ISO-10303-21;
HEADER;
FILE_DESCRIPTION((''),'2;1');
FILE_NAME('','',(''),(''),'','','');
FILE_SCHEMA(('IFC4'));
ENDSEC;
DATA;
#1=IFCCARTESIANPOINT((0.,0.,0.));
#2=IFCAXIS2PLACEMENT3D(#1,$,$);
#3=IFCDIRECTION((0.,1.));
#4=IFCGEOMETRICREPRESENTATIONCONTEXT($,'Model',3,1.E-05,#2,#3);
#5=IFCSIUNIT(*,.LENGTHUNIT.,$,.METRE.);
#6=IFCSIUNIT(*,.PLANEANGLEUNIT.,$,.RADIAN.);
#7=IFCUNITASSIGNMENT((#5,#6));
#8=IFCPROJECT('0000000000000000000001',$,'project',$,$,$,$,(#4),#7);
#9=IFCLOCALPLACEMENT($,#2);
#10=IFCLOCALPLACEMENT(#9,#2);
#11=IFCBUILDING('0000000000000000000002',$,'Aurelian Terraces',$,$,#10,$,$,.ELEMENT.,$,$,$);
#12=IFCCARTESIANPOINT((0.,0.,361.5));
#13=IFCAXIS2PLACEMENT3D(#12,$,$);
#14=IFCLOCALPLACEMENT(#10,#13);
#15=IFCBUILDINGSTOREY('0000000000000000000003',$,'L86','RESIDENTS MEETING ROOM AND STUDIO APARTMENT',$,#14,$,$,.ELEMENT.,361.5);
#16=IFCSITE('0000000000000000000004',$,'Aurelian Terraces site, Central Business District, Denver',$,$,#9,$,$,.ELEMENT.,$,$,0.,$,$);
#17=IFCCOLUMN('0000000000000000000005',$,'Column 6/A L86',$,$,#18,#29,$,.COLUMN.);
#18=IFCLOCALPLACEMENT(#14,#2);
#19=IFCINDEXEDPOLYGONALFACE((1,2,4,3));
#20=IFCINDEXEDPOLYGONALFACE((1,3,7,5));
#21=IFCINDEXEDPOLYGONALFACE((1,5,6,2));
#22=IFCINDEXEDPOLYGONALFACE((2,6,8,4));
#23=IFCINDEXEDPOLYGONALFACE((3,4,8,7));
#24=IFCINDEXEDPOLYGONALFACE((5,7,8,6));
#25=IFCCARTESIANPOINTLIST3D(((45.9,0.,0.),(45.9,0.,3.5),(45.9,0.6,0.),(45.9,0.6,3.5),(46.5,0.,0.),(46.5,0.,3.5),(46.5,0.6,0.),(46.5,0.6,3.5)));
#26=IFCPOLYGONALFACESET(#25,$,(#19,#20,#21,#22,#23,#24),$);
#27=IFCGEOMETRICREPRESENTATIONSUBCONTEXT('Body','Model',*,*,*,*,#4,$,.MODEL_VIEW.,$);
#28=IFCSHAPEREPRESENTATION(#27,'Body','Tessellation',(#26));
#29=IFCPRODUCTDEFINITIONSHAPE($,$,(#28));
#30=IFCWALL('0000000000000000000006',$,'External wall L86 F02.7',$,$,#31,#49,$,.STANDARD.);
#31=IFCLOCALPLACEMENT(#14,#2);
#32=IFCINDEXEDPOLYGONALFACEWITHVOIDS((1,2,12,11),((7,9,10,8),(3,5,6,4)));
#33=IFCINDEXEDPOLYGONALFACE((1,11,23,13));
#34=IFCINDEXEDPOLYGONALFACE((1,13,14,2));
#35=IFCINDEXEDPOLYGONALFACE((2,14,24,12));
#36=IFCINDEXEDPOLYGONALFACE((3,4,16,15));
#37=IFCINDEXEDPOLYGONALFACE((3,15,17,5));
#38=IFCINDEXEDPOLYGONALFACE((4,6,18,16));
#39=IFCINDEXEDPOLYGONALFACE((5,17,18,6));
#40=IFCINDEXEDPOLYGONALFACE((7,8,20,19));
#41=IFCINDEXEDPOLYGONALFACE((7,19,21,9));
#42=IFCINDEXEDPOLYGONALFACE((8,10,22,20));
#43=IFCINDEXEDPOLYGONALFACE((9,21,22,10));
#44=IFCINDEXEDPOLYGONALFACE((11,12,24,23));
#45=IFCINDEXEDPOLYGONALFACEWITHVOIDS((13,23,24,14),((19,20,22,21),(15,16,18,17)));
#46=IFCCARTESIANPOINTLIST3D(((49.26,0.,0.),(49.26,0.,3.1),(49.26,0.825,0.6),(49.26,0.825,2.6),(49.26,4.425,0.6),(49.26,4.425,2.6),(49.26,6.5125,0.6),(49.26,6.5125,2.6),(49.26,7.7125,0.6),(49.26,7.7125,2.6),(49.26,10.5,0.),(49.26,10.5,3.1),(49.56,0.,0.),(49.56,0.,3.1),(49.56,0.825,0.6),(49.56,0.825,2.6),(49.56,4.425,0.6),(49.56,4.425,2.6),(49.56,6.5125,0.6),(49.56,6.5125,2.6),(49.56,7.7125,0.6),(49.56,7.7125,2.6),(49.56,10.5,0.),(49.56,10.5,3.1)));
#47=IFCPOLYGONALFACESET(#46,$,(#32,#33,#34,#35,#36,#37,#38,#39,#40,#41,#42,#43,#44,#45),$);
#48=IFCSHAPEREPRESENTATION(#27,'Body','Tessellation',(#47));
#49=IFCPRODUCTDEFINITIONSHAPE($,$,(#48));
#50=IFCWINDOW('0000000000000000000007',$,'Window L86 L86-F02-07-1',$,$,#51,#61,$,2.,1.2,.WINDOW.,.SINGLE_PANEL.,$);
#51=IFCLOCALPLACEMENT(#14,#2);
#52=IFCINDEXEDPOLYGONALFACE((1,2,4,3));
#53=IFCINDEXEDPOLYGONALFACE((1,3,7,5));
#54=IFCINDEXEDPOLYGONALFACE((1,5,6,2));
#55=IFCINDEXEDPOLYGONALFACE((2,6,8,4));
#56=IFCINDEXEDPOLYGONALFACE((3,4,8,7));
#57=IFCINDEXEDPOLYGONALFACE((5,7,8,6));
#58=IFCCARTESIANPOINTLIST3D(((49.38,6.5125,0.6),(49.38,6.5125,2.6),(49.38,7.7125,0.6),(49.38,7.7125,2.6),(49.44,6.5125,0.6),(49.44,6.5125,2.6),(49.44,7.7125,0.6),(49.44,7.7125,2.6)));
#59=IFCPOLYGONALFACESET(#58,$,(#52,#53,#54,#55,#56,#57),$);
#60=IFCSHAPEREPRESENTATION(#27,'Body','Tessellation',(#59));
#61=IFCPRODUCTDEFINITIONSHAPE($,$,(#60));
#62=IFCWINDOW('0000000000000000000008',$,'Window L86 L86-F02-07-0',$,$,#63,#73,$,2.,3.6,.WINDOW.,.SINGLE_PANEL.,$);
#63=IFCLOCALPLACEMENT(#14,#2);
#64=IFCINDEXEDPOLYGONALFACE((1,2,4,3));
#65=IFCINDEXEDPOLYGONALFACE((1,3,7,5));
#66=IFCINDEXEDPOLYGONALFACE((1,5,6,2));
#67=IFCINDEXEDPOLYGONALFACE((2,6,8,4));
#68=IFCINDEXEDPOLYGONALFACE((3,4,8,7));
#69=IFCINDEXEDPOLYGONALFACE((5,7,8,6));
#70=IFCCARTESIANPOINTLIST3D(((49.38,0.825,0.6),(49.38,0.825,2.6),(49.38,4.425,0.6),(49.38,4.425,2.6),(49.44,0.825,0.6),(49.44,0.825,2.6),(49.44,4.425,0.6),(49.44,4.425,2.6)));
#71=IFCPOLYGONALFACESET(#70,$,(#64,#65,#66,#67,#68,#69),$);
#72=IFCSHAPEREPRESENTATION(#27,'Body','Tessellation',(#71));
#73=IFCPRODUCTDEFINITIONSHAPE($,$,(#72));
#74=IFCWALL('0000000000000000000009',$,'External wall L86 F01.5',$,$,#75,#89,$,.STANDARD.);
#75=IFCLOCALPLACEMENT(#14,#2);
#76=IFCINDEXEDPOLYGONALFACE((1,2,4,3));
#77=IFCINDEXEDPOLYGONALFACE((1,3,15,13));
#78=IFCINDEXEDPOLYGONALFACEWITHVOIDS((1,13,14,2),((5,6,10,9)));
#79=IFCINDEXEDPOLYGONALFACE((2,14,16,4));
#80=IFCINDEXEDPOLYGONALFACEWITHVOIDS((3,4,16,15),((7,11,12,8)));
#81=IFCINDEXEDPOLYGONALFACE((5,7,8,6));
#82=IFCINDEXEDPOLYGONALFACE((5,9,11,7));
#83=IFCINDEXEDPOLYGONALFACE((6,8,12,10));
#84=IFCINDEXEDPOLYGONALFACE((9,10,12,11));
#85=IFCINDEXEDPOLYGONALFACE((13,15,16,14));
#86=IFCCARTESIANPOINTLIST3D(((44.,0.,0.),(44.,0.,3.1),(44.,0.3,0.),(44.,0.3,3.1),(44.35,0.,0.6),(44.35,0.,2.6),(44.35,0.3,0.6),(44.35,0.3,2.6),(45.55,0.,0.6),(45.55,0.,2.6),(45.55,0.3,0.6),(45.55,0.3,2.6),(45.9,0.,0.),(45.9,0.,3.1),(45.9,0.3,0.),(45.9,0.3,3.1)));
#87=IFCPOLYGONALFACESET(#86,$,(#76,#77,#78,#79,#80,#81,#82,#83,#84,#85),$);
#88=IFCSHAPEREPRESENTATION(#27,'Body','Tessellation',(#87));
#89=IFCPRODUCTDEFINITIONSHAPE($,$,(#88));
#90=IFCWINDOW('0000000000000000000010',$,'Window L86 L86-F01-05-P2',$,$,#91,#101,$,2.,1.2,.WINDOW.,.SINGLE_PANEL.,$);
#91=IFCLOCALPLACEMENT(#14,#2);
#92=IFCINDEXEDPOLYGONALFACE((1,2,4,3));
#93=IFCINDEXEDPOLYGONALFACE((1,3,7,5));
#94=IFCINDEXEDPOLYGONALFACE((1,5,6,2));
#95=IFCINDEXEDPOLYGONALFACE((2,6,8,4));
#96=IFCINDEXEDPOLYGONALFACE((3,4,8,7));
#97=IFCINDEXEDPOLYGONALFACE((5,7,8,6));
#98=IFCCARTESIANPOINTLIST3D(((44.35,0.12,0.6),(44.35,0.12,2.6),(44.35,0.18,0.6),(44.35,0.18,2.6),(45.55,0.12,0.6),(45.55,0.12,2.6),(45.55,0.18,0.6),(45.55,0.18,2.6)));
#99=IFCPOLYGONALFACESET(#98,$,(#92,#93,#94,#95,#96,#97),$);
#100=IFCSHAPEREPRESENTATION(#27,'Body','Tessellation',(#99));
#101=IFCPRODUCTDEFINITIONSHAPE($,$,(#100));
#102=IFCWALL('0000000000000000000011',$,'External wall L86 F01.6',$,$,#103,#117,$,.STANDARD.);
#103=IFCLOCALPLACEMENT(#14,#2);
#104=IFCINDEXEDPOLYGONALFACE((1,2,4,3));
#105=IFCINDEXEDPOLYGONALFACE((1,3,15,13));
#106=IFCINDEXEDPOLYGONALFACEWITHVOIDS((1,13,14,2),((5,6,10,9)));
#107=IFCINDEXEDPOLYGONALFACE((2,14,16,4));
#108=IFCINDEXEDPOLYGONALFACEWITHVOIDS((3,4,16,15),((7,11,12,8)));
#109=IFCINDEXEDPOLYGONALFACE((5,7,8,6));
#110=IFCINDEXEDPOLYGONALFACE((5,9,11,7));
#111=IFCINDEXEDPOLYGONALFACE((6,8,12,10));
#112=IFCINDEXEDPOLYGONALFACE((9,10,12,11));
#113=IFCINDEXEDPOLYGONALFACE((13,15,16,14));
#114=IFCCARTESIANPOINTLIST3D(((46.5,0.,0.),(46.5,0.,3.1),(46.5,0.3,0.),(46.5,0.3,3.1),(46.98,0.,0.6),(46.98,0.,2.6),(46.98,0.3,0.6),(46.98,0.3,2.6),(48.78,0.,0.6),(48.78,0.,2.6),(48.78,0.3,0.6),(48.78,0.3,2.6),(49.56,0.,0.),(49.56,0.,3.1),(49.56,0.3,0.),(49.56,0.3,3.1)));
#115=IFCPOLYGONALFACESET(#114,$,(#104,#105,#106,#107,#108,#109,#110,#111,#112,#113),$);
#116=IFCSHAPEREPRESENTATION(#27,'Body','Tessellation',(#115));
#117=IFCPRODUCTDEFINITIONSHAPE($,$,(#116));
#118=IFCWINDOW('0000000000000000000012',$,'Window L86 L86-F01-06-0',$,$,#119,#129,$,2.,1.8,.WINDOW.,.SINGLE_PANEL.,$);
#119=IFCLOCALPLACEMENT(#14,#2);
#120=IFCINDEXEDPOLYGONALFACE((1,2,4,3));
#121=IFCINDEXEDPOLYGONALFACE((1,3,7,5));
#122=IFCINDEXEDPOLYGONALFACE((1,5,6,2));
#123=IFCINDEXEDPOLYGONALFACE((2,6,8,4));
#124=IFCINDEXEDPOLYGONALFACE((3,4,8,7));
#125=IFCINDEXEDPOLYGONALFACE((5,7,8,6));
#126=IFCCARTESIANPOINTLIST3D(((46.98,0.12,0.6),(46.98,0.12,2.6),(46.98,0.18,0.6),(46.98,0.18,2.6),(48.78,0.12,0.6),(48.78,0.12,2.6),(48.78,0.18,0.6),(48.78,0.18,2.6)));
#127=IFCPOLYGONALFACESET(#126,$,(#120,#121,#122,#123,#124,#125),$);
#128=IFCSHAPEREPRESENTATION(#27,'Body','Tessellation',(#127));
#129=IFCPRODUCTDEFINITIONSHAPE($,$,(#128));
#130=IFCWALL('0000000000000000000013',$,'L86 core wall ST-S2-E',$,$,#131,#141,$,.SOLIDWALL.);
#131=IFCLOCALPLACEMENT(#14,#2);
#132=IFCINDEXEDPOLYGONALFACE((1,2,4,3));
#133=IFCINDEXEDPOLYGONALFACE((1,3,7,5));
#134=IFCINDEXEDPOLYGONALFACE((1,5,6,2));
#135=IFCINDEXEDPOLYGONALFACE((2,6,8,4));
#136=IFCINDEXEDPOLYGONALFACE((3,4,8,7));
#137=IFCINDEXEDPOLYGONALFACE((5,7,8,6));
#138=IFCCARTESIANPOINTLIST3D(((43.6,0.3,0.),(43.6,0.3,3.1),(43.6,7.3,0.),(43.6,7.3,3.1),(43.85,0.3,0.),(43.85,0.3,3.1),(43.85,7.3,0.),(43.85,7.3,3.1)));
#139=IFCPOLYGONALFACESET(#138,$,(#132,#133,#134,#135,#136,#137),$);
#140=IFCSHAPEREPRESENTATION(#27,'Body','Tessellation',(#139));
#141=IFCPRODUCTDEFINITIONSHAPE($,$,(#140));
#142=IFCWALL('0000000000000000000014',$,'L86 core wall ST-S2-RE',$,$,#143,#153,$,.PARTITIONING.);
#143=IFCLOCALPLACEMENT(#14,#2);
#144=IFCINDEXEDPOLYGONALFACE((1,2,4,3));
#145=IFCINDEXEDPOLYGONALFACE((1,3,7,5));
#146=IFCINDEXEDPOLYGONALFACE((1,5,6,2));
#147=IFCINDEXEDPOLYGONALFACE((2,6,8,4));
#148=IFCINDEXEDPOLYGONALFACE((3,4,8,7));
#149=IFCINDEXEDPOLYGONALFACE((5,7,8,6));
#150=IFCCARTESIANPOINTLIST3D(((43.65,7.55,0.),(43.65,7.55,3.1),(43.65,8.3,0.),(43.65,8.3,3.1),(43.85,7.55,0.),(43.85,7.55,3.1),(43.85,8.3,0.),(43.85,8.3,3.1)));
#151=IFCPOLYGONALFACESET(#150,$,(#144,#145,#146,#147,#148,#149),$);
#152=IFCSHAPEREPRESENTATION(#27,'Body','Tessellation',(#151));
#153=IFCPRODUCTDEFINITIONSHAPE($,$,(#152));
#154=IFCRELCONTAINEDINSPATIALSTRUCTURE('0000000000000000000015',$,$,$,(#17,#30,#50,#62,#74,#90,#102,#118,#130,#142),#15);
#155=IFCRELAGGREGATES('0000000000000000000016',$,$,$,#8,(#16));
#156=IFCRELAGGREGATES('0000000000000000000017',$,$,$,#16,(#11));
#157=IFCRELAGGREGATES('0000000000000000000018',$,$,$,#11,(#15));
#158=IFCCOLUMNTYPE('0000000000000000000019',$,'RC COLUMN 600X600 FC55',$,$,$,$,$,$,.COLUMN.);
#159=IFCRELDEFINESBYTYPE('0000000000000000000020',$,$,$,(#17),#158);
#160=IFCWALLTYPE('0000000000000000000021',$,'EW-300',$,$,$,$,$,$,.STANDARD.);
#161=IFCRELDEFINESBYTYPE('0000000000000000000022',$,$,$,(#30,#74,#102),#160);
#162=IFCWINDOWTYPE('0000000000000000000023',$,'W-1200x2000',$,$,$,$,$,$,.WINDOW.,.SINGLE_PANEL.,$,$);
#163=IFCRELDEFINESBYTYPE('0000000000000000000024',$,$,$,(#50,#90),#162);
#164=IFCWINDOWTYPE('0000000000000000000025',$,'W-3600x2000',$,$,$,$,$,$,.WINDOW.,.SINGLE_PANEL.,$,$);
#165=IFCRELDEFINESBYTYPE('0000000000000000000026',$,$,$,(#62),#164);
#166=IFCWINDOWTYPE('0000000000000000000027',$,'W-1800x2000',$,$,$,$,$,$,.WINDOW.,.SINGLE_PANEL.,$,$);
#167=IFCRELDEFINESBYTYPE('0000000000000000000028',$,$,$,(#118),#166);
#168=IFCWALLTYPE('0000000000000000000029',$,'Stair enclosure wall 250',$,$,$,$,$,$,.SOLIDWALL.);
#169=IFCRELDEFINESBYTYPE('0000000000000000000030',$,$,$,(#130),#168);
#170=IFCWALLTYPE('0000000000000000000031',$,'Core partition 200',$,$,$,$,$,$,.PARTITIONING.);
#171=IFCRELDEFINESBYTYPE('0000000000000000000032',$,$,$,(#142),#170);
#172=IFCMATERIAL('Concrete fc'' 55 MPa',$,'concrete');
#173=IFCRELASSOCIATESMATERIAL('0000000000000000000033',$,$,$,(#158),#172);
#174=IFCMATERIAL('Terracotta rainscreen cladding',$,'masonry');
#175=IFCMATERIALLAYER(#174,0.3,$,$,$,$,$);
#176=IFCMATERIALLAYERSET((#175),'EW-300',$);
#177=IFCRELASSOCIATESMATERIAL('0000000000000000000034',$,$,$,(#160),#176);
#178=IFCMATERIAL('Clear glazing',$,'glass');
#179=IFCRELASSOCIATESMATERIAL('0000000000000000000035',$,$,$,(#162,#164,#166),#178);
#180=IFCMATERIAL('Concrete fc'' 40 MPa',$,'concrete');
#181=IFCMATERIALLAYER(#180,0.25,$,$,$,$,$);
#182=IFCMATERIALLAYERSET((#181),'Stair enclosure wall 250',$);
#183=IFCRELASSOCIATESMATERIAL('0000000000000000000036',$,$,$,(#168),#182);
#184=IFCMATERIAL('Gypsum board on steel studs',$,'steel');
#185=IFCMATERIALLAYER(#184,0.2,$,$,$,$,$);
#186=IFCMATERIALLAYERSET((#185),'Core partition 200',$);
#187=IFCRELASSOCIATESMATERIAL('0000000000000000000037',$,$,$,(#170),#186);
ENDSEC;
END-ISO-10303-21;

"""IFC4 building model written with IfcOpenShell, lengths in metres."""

from ifc_helpers import new_model, si_unit, direction, frame, frame_2d, origin, origin_2d, place, context, subcontext, project, spatial, rectangle, extrude, source, transform, mapped, material, layer, layer_set, material_profile, profile_set, type_object, element, fill, save


model = new_model("IFC4")

# Units and contexts
model_context = context("Model", 3, precision=1e-05, world=origin(), true_north=direction((0.0, 1.0)))
body_context = subcontext(model_context, "Body", "Model", "MODEL_VIEW")
ifc_project = project(units=[si_unit("LENGTHUNIT", "METRE"), si_unit("PLANEANGLEUNIT", "RADIAN")], contexts=[model_context])

# Site, building, storey
site_placement = place(None, origin())
site = spatial("IfcSite", under=ifc_project, at=site_placement, Name="Aurelian Terraces site, Central Business District, Denver", CompositionType="ELEMENT", RefElevation=0.0)
building_placement = place(site_placement, origin())
building = spatial("IfcBuilding", under=site, at=building_placement, Name="Aurelian Terraces", CompositionType="ELEMENT")
storey_placement = place(building_placement, frame((0.0, 0.0, 361.5)))
storey = spatial("IfcBuildingStorey", under=building, at=storey_placement, Name="L86", Description="RESIDENTS MEETING ROOM AND STUDIO APARTMENT", CompositionType="ELEMENT", Elevation=361.5)

# Column
ifc_material_1 = material(Name="Concrete fc' 55 MPa", Category="concrete")
ifc_material_profile = material_profile(ifc_material_1, rectangle(XDim=0.6, YDim=0.6, at=origin_2d()))
ifc_profile_set = profile_set([ifc_material_profile], Name="Concrete fc' 55 MPa")
column_type = type_object("IfcColumnType", Name="RC COLUMN 600X600 FC55", PredefinedType="COLUMN", material=ifc_profile_set)
shared_shape_1 = source(origin(), body_context, "Body", "SweptSolid", [
    extrude(rectangle(XDim=0.6, YDim=0.6, at=origin_2d()), origin(), (0.0, 0.0, 1.0), 3.5),
])
column_placement = place(storey_placement, frame((46.2, 0.3, 0.0), z_axis=(0.0, 0.0, 1.0), x_axis=(1.0, 0.0, 0.0)))
element("IfcColumn", 1, at=column_placement, inside=storey, type_object=column_type, Name="Column 6/A L86", PredefinedType="COLUMN", context=body_context, shape_type="MappedRepresentation", body=[
    mapped(shared_shape_1, transform((0.0, 0.0, 0.0), scale=1.0)),
])

# Wall, openings, windows
ifc_material_2 = material(Name="Terracotta rainscreen cladding", Category="masonry")
ifc_layer_1 = layer(ifc_material_2, 0.3)
ifc_layer_set_1 = layer_set([ifc_layer_1], Name="EW-300")
wall_type_1 = type_object("IfcWallType", Name="EW-300", PredefinedType="STANDARD", material=ifc_layer_set_1)
shared_shape_2 = source(origin(), body_context, "Body", "SweptSolid", [
    extrude(rectangle(XDim=10.5, YDim=0.3, at=frame_2d((5.25, 0.0))), origin(), (0.0, 0.0, 1.0), 3.1),
])
wall_1_placement = place(storey_placement, frame((49.41, 0.0, 0.0), z_axis=(0.0, 0.0, 1.0), x_axis=(0.0, 1.0, 0.0)))
wall_1 = element("IfcWall", 2, at=wall_1_placement, inside=storey, type_object=wall_type_1, Name="External wall L86 F02.7", PredefinedType="STANDARD", context=body_context, shape_type="MappedRepresentation", body=[
    mapped(shared_shape_2, transform((0.0, 0.0, 0.0), scale=1.0)),
])
shared_shape_3 = source(origin(), body_context, "Body", "SweptSolid", [
    extrude(rectangle(XDim=3.6, YDim=2.0, at=frame_2d((1.8, 1.0))), frame((0.0, 0.16, 0.0), z_axis=(0.0, -1.0, 0.0), x_axis=(1.0, 0.0, 0.0)), (0.0, 0.0, 1.0), 0.32),
])
opening_1_placement = place(wall_1_placement, frame((0.825, 0.0, 0.6)))
opening_1 = element("IfcOpeningElement", 3, at=opening_1_placement, cuts=wall_1, PredefinedType="OPENING", context=body_context, shape_type="MappedRepresentation", body=[
    mapped(shared_shape_3, transform((0.0, 0.0, 0.0), scale=1.0)),
])
shared_shape_4 = source(origin(), body_context, "Body", "SweptSolid", [
    extrude(rectangle(XDim=1.2, YDim=2.0, at=frame_2d((0.6, 1.0))), frame((0.0, 0.16, 0.0), z_axis=(0.0, -1.0, 0.0), x_axis=(1.0, 0.0, 0.0)), (0.0, 0.0, 1.0), 0.32),
])
opening_2_placement = place(wall_1_placement, frame((6.5125, 0.0, 0.6)))
opening_2 = element("IfcOpeningElement", 4, at=opening_2_placement, cuts=wall_1, PredefinedType="OPENING", context=body_context, shape_type="MappedRepresentation", body=[
    mapped(shared_shape_4, transform((0.0, 0.0, 0.0), scale=1.0)),
])
ifc_material_3 = material(Name="Clear glazing", Category="glass")
window_type_1 = type_object("IfcWindowType", Name="W-1200x2000", PartitioningType="SINGLE_PANEL", PredefinedType="WINDOW", material=ifc_material_3)
shared_shape_5 = source(origin(), body_context, "Body", "SweptSolid", [
    extrude(rectangle(XDim=1.2, YDim=2.0, at=frame_2d((0.6, 1.0))), frame((0.0, 0.03, 0.0), z_axis=(0.0, -1.0, 0.0), x_axis=(1.0, 0.0, 0.0)), (0.0, 0.0, 1.0), 0.06),
])
window_1_placement = place(opening_2_placement, origin())
window_1 = element("IfcWindow", 5, at=window_1_placement, inside=storey, type_object=window_type_1, Name="Window L86 L86-F02-07-1", OverallHeight=2.0, OverallWidth=1.2, PartitioningType="SINGLE_PANEL", PredefinedType="WINDOW", context=body_context, shape_type="MappedRepresentation", body=[
    mapped(shared_shape_5, transform((0.0, 0.0, 0.0), scale=1.0)),
])
fill(opening_2, window_1)
window_type_2 = type_object("IfcWindowType", Name="W-3600x2000", PartitioningType="SINGLE_PANEL", PredefinedType="WINDOW", material=ifc_material_3)
shared_shape_6 = source(origin(), body_context, "Body", "SweptSolid", [
    extrude(rectangle(XDim=3.6, YDim=2.0, at=frame_2d((1.8, 1.0))), frame((0.0, 0.03, 0.0), z_axis=(0.0, -1.0, 0.0), x_axis=(1.0, 0.0, 0.0)), (0.0, 0.0, 1.0), 0.06),
])
window_2_placement = place(opening_1_placement, origin())
window_2 = element("IfcWindow", 6, at=window_2_placement, inside=storey, type_object=window_type_2, Name="Window L86 L86-F02-07-0", OverallHeight=2.0, OverallWidth=3.6, PartitioningType="SINGLE_PANEL", PredefinedType="WINDOW", context=body_context, shape_type="MappedRepresentation", body=[
    mapped(shared_shape_6, transform((0.0, 0.0, 0.0), scale=1.0)),
])
fill(opening_1, window_2)

# Walls, openings, windows
shared_shape_7 = source(origin(), body_context, "Body", "SweptSolid", [
    extrude(rectangle(XDim=1.9, YDim=0.3, at=frame_2d((0.95, 0.0))), origin(), (0.0, 0.0, 1.0), 3.1),
])
wall_2_placement = place(storey_placement, frame((44.0, 0.15, 0.0), z_axis=(0.0, 0.0, 1.0), x_axis=(1.0, 0.0, 0.0)))
wall_2 = element("IfcWall", 7, at=wall_2_placement, inside=storey, type_object=wall_type_1, Name="External wall L86 F01.5", PredefinedType="STANDARD", context=body_context, shape_type="MappedRepresentation", body=[
    mapped(shared_shape_7, transform((0.0, 0.0, 0.0), scale=1.0)),
])
opening_3_placement = place(wall_2_placement, frame((0.35, 0.0, 0.6)))
opening_3 = element("IfcOpeningElement", 8, at=opening_3_placement, cuts=wall_2, PredefinedType="OPENING", context=body_context, shape_type="MappedRepresentation", body=[
    mapped(shared_shape_4, transform((0.0, 0.0, 0.0), scale=1.0)),
])
window_3_placement = place(opening_3_placement, origin())
window_3 = element("IfcWindow", 9, at=window_3_placement, inside=storey, type_object=window_type_1, Name="Window L86 L86-F01-05-P2", OverallHeight=2.0, OverallWidth=1.2, PartitioningType="SINGLE_PANEL", PredefinedType="WINDOW", context=body_context, shape_type="MappedRepresentation", body=[
    mapped(shared_shape_5, transform((0.0, 0.0, 0.0), scale=1.0)),
])
fill(opening_3, window_3)
shared_shape_8 = source(origin(), body_context, "Body", "SweptSolid", [
    extrude(rectangle(XDim=3.06, YDim=0.3, at=frame_2d((1.53, 0.0))), origin(), (0.0, 0.0, 1.0), 3.1),
])
wall_3_placement = place(storey_placement, frame((46.5, 0.15, 0.0), z_axis=(0.0, 0.0, 1.0), x_axis=(1.0, 0.0, 0.0)))
wall_3 = element("IfcWall", 10, at=wall_3_placement, inside=storey, type_object=wall_type_1, Name="External wall L86 F01.6", PredefinedType="STANDARD", context=body_context, shape_type="MappedRepresentation", body=[
    mapped(shared_shape_8, transform((0.0, 0.0, 0.0), scale=1.0)),
])
shared_shape_9 = source(origin(), body_context, "Body", "SweptSolid", [
    extrude(rectangle(XDim=1.8, YDim=2.0, at=frame_2d((0.9, 1.0))), frame((0.0, 0.16, 0.0), z_axis=(0.0, -1.0, 0.0), x_axis=(1.0, 0.0, 0.0)), (0.0, 0.0, 1.0), 0.32),
])
opening_4_placement = place(wall_3_placement, frame((0.48, 0.0, 0.6)))
opening_4 = element("IfcOpeningElement", 11, at=opening_4_placement, cuts=wall_3, PredefinedType="OPENING", context=body_context, shape_type="MappedRepresentation", body=[
    mapped(shared_shape_9, transform((0.0, 0.0, 0.0), scale=1.0)),
])
window_type_3 = type_object("IfcWindowType", Name="W-1800x2000", PartitioningType="SINGLE_PANEL", PredefinedType="WINDOW", material=ifc_material_3)
shared_shape_10 = source(origin(), body_context, "Body", "SweptSolid", [
    extrude(rectangle(XDim=1.8, YDim=2.0, at=frame_2d((0.9, 1.0))), frame((0.0, 0.03, 0.0), z_axis=(0.0, -1.0, 0.0), x_axis=(1.0, 0.0, 0.0)), (0.0, 0.0, 1.0), 0.06),
])
window_4_placement = place(opening_4_placement, origin())
window_4 = element("IfcWindow", 12, at=window_4_placement, inside=storey, type_object=window_type_3, Name="Window L86 L86-F01-06-0", OverallHeight=2.0, OverallWidth=1.8, PartitioningType="SINGLE_PANEL", PredefinedType="WINDOW", context=body_context, shape_type="MappedRepresentation", body=[
    mapped(shared_shape_10, transform((0.0, 0.0, 0.0), scale=1.0)),
])
fill(opening_4, window_4)

# Walls
ifc_material_4 = material(Name="Concrete fc' 40 MPa", Category="concrete")
ifc_layer_2 = layer(ifc_material_4, 0.25)
ifc_layer_set_2 = layer_set([ifc_layer_2], Name="Stair enclosure wall 250")
wall_type_2 = type_object("IfcWallType", Name="Stair enclosure wall 250", PredefinedType="SOLIDWALL", material=ifc_layer_set_2)
shared_shape_11 = source(origin(), body_context, "Body", "SweptSolid", [
    extrude(rectangle(XDim=7.0, YDim=0.25, at=frame_2d((3.5, 0.0))), origin(), (0.0, 0.0, 1.0), 3.1),
])
wall_4_placement = place(storey_placement, frame((43.725, 0.3, 0.0), z_axis=(0.0, 0.0, 1.0), x_axis=(0.0, 1.0, 0.0)))
element("IfcWall", 13, at=wall_4_placement, inside=storey, type_object=wall_type_2, Name="L86 core wall ST-S2-E", PredefinedType="SOLIDWALL", context=body_context, shape_type="MappedRepresentation", body=[
    mapped(shared_shape_11, transform((0.0, 0.0, 0.0), scale=1.0)),
])
ifc_material_5 = material(Name="Gypsum board on steel studs", Category="steel")
ifc_layer_3 = layer(ifc_material_5, 0.2)
ifc_layer_set_3 = layer_set([ifc_layer_3], Name="Core partition 200")
wall_type_3 = type_object("IfcWallType", Name="Core partition 200", PredefinedType="PARTITIONING", material=ifc_layer_set_3)
shared_shape_12 = source(origin(), body_context, "Body", "SweptSolid", [
    extrude(rectangle(XDim=0.75, YDim=0.2, at=frame_2d((0.375, 0.0))), origin(), (0.0, 0.0, 1.0), 3.1),
])
wall_5_placement = place(storey_placement, frame((43.75, 7.55, 0.0), z_axis=(0.0, 0.0, 1.0), x_axis=(0.0, 1.0, 0.0)))
element("IfcWall", 14, at=wall_5_placement, inside=storey, type_object=wall_type_3, Name="L86 core wall ST-S2-RE", PredefinedType="PARTITIONING", context=body_context, shape_type="MappedRepresentation", body=[
    mapped(shared_shape_12, transform((0.0, 0.0, 0.0), scale=1.0)),
])

save(model, "model.ifc")
